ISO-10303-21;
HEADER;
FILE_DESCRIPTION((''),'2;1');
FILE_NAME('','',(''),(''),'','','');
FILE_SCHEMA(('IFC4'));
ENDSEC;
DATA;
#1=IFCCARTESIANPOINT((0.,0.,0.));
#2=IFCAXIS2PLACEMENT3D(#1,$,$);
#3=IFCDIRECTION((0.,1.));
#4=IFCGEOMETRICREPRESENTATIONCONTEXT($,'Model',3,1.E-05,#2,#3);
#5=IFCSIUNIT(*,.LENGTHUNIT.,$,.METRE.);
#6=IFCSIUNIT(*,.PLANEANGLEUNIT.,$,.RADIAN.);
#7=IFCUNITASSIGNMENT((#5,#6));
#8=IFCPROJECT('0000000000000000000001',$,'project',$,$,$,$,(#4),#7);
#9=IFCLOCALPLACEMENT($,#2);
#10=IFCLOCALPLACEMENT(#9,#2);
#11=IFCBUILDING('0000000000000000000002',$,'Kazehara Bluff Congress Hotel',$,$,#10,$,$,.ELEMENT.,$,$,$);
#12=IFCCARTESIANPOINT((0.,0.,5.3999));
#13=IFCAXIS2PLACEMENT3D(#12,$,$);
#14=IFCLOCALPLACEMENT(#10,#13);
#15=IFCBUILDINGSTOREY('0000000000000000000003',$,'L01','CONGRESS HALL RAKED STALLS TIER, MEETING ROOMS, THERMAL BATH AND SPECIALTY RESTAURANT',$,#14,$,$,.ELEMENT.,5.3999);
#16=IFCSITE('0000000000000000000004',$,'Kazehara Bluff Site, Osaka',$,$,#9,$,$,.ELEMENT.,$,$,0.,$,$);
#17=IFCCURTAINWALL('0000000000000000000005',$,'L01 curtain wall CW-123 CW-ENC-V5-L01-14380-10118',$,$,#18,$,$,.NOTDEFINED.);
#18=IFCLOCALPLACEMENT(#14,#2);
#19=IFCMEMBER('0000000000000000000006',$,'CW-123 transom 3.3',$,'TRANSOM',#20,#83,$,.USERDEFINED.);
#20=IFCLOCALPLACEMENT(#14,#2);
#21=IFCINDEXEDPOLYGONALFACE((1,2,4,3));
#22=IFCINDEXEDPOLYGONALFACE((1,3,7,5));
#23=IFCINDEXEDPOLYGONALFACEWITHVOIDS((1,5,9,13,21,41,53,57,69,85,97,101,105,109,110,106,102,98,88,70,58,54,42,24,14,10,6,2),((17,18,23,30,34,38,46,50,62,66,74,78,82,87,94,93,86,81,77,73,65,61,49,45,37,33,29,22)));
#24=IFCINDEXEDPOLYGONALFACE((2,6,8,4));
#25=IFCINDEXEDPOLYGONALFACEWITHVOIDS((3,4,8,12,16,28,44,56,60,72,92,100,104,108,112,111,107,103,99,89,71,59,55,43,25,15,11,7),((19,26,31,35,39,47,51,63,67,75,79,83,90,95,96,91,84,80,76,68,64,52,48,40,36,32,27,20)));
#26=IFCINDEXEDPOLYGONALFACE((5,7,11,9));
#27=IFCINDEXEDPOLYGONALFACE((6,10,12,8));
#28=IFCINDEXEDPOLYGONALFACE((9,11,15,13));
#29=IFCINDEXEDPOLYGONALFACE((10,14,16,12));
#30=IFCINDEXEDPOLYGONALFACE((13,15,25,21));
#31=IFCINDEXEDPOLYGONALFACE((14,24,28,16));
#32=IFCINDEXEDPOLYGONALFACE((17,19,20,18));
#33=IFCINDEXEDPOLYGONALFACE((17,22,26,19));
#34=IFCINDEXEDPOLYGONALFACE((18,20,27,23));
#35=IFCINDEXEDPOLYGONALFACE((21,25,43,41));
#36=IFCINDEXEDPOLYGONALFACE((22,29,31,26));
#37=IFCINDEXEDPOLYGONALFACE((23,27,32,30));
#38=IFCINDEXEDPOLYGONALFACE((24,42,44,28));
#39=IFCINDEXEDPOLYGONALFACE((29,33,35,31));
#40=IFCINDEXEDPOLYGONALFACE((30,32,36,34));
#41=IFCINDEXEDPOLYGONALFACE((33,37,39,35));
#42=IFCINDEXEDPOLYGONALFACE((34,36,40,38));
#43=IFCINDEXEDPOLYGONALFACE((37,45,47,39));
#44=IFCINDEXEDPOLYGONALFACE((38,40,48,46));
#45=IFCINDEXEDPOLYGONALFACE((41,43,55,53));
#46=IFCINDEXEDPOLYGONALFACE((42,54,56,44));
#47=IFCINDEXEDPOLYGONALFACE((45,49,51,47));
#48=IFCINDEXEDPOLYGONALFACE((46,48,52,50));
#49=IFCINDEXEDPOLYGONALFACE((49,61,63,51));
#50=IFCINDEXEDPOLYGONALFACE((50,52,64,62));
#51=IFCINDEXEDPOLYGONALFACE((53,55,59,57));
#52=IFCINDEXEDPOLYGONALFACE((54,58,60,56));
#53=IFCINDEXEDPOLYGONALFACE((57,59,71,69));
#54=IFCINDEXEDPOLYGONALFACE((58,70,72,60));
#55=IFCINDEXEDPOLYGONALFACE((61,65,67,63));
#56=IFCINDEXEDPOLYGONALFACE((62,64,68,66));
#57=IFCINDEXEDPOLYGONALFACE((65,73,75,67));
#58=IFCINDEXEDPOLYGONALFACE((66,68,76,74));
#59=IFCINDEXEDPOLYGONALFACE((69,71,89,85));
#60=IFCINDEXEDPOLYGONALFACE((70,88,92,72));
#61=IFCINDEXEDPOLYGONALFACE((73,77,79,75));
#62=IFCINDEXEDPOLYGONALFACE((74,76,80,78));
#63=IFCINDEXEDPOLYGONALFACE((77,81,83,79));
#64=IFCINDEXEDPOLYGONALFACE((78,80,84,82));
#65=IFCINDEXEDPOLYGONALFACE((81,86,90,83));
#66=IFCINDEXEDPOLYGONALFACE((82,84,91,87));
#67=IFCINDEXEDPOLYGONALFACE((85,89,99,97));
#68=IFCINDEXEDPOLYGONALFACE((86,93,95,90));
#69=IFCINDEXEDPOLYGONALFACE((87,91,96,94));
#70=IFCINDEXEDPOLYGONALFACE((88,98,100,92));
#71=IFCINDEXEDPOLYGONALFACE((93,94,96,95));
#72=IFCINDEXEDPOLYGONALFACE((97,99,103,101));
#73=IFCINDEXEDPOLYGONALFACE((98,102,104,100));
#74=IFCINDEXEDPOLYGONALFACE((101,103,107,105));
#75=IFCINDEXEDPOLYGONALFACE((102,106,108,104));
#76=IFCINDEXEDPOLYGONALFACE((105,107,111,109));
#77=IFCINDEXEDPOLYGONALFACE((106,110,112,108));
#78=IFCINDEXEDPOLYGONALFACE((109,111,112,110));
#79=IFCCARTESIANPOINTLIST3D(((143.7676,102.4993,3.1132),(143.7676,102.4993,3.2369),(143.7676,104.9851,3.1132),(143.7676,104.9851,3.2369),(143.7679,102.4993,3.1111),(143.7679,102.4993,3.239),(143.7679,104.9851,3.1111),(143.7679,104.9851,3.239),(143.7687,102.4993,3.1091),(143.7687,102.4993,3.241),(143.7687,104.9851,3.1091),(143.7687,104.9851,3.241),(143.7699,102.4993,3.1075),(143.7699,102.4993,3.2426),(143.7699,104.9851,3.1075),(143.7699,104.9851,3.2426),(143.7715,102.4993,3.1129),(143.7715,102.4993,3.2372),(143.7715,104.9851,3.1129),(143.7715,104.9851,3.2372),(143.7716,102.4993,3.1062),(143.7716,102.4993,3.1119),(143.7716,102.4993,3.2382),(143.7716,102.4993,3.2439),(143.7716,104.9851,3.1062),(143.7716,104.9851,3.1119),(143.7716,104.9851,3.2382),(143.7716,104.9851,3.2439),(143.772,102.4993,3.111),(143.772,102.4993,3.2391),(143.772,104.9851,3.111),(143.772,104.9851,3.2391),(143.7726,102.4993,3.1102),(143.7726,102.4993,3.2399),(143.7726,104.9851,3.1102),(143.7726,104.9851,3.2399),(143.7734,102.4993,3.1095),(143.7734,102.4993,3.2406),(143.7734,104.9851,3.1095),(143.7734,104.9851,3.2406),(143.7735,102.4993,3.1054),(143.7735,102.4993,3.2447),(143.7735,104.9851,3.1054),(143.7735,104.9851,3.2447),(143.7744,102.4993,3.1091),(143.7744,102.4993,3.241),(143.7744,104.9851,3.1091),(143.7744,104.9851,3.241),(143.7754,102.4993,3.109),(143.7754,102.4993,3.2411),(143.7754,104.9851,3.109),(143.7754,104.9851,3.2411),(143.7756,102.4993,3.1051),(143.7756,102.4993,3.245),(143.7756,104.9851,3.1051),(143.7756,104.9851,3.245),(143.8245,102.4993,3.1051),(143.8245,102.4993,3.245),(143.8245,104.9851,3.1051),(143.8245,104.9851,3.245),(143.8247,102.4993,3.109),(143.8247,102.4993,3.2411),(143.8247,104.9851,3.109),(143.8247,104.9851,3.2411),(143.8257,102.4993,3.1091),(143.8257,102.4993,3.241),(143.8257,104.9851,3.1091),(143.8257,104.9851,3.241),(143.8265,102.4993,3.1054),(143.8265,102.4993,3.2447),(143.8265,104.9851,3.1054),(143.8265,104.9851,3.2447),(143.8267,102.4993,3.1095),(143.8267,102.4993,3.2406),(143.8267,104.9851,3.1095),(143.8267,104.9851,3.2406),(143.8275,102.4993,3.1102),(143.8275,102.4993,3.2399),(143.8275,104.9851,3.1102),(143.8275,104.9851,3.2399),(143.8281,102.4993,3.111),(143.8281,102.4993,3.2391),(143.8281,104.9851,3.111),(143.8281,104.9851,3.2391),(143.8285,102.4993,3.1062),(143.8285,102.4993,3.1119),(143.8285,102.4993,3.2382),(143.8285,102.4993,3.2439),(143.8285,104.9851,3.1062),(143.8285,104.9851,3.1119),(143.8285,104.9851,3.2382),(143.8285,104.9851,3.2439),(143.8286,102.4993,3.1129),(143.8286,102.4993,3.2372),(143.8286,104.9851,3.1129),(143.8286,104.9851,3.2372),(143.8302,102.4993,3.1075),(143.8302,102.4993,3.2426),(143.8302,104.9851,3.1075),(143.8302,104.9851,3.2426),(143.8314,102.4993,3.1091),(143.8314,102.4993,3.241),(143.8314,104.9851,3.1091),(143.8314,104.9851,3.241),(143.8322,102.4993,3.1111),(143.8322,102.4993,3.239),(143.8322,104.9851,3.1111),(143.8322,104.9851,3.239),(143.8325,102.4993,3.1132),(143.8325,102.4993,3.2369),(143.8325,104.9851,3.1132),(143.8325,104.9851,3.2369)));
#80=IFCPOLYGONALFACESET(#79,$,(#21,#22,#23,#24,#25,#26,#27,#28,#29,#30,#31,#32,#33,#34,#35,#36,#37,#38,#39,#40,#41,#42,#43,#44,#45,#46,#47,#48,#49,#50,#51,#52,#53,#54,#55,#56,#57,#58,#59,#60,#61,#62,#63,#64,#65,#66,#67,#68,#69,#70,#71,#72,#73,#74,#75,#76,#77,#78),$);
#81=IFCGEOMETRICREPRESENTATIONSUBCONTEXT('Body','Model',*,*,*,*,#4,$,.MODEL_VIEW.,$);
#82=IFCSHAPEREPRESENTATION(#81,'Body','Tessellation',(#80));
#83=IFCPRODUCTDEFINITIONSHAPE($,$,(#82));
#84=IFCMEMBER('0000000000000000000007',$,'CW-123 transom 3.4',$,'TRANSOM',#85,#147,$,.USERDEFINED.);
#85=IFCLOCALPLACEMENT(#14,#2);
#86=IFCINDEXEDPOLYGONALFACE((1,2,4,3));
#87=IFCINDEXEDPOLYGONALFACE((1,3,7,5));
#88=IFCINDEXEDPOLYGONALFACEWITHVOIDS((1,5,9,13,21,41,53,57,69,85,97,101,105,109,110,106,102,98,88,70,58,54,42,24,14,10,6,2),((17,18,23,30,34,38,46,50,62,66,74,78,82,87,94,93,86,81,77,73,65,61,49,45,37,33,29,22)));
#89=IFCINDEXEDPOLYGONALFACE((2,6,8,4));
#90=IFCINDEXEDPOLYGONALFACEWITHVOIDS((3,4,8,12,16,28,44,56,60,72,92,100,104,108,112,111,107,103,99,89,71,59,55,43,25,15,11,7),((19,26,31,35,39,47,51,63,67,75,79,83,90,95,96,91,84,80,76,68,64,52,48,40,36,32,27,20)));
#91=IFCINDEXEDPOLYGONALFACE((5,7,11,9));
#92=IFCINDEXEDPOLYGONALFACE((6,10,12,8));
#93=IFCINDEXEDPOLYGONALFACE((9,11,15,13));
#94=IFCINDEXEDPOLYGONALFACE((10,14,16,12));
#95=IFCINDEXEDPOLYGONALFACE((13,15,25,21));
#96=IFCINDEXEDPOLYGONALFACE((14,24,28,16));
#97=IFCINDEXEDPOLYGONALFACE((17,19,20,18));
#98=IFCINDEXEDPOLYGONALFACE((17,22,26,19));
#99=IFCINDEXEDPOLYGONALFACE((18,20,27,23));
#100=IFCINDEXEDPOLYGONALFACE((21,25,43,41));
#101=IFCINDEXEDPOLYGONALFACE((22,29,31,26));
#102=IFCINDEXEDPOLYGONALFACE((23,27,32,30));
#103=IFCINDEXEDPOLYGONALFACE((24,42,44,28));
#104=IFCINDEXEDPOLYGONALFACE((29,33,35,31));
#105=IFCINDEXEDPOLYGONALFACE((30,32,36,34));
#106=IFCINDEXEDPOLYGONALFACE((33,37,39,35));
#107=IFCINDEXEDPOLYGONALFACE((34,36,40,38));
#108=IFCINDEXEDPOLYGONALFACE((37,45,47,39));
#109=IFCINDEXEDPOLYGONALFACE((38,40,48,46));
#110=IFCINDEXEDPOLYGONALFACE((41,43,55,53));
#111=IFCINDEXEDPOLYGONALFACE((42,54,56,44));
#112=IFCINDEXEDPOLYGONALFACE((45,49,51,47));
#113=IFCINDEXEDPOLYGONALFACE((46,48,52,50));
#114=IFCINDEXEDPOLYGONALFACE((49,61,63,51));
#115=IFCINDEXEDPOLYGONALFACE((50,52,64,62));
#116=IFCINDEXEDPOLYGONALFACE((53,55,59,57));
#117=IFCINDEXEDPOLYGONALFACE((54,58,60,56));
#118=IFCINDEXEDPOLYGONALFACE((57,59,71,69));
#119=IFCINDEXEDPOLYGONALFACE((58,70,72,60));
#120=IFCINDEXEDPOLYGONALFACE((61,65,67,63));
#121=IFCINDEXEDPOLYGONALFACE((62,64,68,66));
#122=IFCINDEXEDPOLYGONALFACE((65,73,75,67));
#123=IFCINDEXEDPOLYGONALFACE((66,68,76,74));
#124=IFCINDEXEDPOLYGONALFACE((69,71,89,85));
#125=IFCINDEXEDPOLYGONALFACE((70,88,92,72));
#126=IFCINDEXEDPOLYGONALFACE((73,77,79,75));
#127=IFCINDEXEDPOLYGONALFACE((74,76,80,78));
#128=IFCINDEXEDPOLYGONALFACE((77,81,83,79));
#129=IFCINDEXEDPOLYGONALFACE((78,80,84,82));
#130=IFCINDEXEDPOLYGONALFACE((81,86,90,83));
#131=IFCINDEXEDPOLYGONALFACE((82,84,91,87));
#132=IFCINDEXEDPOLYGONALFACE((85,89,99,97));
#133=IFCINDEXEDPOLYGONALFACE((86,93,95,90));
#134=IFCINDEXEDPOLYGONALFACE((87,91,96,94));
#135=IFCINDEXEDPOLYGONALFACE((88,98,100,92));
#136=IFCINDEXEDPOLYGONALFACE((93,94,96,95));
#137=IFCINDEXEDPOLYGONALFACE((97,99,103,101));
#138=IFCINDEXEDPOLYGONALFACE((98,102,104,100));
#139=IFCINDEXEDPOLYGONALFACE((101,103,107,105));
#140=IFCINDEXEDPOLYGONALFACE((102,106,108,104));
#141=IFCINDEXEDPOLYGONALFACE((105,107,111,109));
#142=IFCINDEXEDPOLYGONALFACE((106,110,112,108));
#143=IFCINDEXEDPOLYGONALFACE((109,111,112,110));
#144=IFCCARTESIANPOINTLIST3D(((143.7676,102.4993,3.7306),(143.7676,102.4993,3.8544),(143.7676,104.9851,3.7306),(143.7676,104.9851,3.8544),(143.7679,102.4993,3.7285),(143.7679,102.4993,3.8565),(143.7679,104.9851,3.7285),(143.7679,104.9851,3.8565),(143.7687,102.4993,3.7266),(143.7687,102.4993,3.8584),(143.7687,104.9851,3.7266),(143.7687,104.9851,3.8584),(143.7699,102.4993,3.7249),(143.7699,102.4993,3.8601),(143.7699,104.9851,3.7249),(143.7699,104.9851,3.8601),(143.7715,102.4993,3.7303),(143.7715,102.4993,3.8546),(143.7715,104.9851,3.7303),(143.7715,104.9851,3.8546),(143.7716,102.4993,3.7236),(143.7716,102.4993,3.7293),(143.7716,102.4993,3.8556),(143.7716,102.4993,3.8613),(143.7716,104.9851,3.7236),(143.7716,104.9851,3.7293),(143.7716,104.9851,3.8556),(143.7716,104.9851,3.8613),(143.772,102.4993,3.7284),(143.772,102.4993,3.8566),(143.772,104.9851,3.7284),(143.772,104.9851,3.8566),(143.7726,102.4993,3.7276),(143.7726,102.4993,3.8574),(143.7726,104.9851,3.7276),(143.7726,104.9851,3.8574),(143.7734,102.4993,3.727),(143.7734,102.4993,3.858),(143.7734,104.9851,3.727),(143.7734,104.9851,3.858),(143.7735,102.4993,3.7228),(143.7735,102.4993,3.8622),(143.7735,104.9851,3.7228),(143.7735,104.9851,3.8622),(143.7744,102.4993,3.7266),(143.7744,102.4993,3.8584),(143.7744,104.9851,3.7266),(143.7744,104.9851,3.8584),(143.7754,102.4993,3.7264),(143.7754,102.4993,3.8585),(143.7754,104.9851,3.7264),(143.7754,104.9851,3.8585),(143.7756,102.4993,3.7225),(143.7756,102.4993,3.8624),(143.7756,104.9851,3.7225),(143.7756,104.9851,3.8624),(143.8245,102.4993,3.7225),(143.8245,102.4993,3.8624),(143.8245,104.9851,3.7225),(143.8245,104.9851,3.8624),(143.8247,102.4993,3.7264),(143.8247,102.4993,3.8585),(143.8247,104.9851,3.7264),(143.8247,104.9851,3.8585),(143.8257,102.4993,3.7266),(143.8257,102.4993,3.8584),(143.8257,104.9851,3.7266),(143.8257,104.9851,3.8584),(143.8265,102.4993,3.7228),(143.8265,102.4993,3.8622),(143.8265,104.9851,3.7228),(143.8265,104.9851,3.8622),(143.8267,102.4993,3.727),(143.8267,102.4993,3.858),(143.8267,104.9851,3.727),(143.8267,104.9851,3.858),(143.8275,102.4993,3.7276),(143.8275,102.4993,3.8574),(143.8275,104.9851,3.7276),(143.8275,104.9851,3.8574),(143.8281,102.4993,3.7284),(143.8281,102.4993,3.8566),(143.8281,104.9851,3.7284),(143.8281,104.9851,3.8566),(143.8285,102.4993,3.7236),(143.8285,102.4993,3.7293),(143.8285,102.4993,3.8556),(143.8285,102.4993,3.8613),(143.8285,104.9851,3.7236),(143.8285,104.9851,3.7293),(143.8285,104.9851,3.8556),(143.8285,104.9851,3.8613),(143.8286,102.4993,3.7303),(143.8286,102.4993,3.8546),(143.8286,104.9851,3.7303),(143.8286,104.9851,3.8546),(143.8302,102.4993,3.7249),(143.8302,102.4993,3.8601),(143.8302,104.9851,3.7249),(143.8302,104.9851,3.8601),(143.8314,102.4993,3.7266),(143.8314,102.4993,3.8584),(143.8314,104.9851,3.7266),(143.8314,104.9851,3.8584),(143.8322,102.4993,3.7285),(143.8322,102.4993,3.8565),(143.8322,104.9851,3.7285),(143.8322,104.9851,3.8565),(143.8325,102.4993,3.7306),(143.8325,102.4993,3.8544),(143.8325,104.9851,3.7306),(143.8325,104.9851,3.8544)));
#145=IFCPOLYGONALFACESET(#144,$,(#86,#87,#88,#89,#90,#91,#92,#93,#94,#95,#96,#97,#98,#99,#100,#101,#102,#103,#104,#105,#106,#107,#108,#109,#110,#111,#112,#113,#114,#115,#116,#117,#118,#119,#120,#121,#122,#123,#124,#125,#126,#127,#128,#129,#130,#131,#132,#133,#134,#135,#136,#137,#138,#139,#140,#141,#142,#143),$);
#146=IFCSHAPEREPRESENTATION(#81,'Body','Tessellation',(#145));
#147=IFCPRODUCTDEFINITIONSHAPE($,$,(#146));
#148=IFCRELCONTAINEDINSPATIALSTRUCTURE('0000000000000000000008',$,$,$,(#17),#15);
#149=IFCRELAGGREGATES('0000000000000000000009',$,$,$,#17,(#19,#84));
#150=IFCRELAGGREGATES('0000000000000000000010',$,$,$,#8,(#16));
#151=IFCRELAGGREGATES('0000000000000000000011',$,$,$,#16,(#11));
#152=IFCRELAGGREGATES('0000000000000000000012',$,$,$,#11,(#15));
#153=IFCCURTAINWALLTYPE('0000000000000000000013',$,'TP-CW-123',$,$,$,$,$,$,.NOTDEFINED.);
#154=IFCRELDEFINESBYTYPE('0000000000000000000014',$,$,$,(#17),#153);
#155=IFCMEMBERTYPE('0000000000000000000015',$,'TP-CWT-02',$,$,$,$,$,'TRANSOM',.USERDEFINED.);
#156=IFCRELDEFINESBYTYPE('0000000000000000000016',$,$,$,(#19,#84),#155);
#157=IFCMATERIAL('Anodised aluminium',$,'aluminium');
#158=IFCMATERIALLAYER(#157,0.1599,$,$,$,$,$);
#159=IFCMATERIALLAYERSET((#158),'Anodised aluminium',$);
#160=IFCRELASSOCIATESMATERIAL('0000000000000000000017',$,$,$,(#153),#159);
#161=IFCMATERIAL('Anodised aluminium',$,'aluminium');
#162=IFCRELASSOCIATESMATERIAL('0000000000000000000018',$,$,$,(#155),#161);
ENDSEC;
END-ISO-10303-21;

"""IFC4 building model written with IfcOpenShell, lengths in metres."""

from ifc_helpers import new_model, si_unit, direction, frame, origin, origin_2d, place, context, subcontext, project, spatial, hollow_rectangle, extrude, material, layer, layer_set, material_profile, profile_set, type_object, element, aggregate, save


model = new_model("IFC4")

# Units and contexts
model_context = context("Model", 3, precision=1e-05, world=origin(), true_north=direction((0.0, 1.0)))
body_context = subcontext(model_context, "Body", "Model", "MODEL_VIEW")
ifc_project = project(units=[si_unit("LENGTHUNIT", "METRE"), si_unit("PLANEANGLEUNIT", "RADIAN")], contexts=[model_context])

# Site, building, storey
site_placement = place(None, origin())
site = spatial("IfcSite", under=ifc_project, at=site_placement, Name="Kazehara Bluff Site, Osaka", CompositionType="ELEMENT", RefElevation=0.0)
building_placement = place(site_placement, origin())
building = spatial("IfcBuilding", under=site, at=building_placement, Name="Kazehara Bluff Congress Hotel", CompositionType="ELEMENT")
storey_placement = place(building_placement, frame((0.0, 0.0, 5.3999)))
storey = spatial("IfcBuildingStorey", under=building, at=storey_placement, Name="L01", Description="CONGRESS HALL RAKED STALLS TIER, MEETING ROOMS, THERMAL BATH AND SPECIALTY RESTAURANT", CompositionType="ELEMENT", Elevation=5.3999)

# Curtain wall
ifc_material_1 = material(Name="Anodised aluminium", Category="aluminium")
ifc_layer_1 = layer(ifc_material_1, 0.1599)
ifc_layer_set_1 = layer_set([ifc_layer_1], Name="Anodised aluminium")
curtain_wall_type_1 = type_object("IfcCurtainWallType", Name="TP-CW-123", PredefinedType="NOTDEFINED", material=ifc_layer_set_1)
curtain_wall_1_placement = place(storey_placement, origin())
curtain_wall_1 = element("IfcCurtainWall", 1, at=curtain_wall_1_placement, inside=storey, type_object=curtain_wall_type_1, Name="L01 curtain wall CW-123 CW-ENC-V5-L01-14380-10118", PredefinedType="NOTDEFINED")

# Members
ifc_material_2 = material(Name="Anodised aluminium", Category="aluminium")
ifc_material_profile_1 = material_profile(ifc_material_2, hollow_rectangle(XDim=0.0649, YDim=0.1399, WallThickness=0.0039, InnerFilletRadius=0.0039, OuterFilletRadius=0.0081, at=origin_2d()))
ifc_profile_set_1 = profile_set([ifc_material_profile_1], Name="Anodised aluminium")
member_type_1 = type_object("IfcMemberType", Name="TP-CWT-02", ElementType="TRANSOM", PredefinedType="USERDEFINED", material=ifc_profile_set_1)
member_1_placement = place(storey_placement, frame((143.8, 102.4993, 3.175), z_axis=(0.0, 1.0, 0.0), x_axis=(-1.0, 0.0, 0.0)))
member_1 = element("IfcMember", 2, at=member_1_placement, type_object=member_type_1, Name="CW-123 transom 3.3", ObjectType="TRANSOM", PredefinedType="USERDEFINED", context=body_context, shape_type="SweptSolid", body=[
    extrude(hollow_rectangle(XDim=0.0649, YDim=0.1399, WallThickness=0.0039, InnerFilletRadius=0.0039, OuterFilletRadius=0.0081, at=origin_2d()), origin(), (0.0, 0.0, 1.0), 2.4858),
])
member_2_placement = place(storey_placement, frame((143.8, 102.4993, 3.7925), z_axis=(0.0, 1.0, 0.0), x_axis=(-1.0, 0.0, 0.0)))
member_2 = element("IfcMember", 3, at=member_2_placement, type_object=member_type_1, Name="CW-123 transom 3.4", ObjectType="TRANSOM", PredefinedType="USERDEFINED", context=body_context, shape_type="SweptSolid", body=[
    extrude(hollow_rectangle(XDim=0.0649, YDim=0.1399, WallThickness=0.0039, InnerFilletRadius=0.0039, OuterFilletRadius=0.0081, at=origin_2d()), origin(), (0.0, 0.0, 1.0), 2.4858),
])

aggregate(curtain_wall_1, [member_1, member_2])

save(model, "model.ifc")
